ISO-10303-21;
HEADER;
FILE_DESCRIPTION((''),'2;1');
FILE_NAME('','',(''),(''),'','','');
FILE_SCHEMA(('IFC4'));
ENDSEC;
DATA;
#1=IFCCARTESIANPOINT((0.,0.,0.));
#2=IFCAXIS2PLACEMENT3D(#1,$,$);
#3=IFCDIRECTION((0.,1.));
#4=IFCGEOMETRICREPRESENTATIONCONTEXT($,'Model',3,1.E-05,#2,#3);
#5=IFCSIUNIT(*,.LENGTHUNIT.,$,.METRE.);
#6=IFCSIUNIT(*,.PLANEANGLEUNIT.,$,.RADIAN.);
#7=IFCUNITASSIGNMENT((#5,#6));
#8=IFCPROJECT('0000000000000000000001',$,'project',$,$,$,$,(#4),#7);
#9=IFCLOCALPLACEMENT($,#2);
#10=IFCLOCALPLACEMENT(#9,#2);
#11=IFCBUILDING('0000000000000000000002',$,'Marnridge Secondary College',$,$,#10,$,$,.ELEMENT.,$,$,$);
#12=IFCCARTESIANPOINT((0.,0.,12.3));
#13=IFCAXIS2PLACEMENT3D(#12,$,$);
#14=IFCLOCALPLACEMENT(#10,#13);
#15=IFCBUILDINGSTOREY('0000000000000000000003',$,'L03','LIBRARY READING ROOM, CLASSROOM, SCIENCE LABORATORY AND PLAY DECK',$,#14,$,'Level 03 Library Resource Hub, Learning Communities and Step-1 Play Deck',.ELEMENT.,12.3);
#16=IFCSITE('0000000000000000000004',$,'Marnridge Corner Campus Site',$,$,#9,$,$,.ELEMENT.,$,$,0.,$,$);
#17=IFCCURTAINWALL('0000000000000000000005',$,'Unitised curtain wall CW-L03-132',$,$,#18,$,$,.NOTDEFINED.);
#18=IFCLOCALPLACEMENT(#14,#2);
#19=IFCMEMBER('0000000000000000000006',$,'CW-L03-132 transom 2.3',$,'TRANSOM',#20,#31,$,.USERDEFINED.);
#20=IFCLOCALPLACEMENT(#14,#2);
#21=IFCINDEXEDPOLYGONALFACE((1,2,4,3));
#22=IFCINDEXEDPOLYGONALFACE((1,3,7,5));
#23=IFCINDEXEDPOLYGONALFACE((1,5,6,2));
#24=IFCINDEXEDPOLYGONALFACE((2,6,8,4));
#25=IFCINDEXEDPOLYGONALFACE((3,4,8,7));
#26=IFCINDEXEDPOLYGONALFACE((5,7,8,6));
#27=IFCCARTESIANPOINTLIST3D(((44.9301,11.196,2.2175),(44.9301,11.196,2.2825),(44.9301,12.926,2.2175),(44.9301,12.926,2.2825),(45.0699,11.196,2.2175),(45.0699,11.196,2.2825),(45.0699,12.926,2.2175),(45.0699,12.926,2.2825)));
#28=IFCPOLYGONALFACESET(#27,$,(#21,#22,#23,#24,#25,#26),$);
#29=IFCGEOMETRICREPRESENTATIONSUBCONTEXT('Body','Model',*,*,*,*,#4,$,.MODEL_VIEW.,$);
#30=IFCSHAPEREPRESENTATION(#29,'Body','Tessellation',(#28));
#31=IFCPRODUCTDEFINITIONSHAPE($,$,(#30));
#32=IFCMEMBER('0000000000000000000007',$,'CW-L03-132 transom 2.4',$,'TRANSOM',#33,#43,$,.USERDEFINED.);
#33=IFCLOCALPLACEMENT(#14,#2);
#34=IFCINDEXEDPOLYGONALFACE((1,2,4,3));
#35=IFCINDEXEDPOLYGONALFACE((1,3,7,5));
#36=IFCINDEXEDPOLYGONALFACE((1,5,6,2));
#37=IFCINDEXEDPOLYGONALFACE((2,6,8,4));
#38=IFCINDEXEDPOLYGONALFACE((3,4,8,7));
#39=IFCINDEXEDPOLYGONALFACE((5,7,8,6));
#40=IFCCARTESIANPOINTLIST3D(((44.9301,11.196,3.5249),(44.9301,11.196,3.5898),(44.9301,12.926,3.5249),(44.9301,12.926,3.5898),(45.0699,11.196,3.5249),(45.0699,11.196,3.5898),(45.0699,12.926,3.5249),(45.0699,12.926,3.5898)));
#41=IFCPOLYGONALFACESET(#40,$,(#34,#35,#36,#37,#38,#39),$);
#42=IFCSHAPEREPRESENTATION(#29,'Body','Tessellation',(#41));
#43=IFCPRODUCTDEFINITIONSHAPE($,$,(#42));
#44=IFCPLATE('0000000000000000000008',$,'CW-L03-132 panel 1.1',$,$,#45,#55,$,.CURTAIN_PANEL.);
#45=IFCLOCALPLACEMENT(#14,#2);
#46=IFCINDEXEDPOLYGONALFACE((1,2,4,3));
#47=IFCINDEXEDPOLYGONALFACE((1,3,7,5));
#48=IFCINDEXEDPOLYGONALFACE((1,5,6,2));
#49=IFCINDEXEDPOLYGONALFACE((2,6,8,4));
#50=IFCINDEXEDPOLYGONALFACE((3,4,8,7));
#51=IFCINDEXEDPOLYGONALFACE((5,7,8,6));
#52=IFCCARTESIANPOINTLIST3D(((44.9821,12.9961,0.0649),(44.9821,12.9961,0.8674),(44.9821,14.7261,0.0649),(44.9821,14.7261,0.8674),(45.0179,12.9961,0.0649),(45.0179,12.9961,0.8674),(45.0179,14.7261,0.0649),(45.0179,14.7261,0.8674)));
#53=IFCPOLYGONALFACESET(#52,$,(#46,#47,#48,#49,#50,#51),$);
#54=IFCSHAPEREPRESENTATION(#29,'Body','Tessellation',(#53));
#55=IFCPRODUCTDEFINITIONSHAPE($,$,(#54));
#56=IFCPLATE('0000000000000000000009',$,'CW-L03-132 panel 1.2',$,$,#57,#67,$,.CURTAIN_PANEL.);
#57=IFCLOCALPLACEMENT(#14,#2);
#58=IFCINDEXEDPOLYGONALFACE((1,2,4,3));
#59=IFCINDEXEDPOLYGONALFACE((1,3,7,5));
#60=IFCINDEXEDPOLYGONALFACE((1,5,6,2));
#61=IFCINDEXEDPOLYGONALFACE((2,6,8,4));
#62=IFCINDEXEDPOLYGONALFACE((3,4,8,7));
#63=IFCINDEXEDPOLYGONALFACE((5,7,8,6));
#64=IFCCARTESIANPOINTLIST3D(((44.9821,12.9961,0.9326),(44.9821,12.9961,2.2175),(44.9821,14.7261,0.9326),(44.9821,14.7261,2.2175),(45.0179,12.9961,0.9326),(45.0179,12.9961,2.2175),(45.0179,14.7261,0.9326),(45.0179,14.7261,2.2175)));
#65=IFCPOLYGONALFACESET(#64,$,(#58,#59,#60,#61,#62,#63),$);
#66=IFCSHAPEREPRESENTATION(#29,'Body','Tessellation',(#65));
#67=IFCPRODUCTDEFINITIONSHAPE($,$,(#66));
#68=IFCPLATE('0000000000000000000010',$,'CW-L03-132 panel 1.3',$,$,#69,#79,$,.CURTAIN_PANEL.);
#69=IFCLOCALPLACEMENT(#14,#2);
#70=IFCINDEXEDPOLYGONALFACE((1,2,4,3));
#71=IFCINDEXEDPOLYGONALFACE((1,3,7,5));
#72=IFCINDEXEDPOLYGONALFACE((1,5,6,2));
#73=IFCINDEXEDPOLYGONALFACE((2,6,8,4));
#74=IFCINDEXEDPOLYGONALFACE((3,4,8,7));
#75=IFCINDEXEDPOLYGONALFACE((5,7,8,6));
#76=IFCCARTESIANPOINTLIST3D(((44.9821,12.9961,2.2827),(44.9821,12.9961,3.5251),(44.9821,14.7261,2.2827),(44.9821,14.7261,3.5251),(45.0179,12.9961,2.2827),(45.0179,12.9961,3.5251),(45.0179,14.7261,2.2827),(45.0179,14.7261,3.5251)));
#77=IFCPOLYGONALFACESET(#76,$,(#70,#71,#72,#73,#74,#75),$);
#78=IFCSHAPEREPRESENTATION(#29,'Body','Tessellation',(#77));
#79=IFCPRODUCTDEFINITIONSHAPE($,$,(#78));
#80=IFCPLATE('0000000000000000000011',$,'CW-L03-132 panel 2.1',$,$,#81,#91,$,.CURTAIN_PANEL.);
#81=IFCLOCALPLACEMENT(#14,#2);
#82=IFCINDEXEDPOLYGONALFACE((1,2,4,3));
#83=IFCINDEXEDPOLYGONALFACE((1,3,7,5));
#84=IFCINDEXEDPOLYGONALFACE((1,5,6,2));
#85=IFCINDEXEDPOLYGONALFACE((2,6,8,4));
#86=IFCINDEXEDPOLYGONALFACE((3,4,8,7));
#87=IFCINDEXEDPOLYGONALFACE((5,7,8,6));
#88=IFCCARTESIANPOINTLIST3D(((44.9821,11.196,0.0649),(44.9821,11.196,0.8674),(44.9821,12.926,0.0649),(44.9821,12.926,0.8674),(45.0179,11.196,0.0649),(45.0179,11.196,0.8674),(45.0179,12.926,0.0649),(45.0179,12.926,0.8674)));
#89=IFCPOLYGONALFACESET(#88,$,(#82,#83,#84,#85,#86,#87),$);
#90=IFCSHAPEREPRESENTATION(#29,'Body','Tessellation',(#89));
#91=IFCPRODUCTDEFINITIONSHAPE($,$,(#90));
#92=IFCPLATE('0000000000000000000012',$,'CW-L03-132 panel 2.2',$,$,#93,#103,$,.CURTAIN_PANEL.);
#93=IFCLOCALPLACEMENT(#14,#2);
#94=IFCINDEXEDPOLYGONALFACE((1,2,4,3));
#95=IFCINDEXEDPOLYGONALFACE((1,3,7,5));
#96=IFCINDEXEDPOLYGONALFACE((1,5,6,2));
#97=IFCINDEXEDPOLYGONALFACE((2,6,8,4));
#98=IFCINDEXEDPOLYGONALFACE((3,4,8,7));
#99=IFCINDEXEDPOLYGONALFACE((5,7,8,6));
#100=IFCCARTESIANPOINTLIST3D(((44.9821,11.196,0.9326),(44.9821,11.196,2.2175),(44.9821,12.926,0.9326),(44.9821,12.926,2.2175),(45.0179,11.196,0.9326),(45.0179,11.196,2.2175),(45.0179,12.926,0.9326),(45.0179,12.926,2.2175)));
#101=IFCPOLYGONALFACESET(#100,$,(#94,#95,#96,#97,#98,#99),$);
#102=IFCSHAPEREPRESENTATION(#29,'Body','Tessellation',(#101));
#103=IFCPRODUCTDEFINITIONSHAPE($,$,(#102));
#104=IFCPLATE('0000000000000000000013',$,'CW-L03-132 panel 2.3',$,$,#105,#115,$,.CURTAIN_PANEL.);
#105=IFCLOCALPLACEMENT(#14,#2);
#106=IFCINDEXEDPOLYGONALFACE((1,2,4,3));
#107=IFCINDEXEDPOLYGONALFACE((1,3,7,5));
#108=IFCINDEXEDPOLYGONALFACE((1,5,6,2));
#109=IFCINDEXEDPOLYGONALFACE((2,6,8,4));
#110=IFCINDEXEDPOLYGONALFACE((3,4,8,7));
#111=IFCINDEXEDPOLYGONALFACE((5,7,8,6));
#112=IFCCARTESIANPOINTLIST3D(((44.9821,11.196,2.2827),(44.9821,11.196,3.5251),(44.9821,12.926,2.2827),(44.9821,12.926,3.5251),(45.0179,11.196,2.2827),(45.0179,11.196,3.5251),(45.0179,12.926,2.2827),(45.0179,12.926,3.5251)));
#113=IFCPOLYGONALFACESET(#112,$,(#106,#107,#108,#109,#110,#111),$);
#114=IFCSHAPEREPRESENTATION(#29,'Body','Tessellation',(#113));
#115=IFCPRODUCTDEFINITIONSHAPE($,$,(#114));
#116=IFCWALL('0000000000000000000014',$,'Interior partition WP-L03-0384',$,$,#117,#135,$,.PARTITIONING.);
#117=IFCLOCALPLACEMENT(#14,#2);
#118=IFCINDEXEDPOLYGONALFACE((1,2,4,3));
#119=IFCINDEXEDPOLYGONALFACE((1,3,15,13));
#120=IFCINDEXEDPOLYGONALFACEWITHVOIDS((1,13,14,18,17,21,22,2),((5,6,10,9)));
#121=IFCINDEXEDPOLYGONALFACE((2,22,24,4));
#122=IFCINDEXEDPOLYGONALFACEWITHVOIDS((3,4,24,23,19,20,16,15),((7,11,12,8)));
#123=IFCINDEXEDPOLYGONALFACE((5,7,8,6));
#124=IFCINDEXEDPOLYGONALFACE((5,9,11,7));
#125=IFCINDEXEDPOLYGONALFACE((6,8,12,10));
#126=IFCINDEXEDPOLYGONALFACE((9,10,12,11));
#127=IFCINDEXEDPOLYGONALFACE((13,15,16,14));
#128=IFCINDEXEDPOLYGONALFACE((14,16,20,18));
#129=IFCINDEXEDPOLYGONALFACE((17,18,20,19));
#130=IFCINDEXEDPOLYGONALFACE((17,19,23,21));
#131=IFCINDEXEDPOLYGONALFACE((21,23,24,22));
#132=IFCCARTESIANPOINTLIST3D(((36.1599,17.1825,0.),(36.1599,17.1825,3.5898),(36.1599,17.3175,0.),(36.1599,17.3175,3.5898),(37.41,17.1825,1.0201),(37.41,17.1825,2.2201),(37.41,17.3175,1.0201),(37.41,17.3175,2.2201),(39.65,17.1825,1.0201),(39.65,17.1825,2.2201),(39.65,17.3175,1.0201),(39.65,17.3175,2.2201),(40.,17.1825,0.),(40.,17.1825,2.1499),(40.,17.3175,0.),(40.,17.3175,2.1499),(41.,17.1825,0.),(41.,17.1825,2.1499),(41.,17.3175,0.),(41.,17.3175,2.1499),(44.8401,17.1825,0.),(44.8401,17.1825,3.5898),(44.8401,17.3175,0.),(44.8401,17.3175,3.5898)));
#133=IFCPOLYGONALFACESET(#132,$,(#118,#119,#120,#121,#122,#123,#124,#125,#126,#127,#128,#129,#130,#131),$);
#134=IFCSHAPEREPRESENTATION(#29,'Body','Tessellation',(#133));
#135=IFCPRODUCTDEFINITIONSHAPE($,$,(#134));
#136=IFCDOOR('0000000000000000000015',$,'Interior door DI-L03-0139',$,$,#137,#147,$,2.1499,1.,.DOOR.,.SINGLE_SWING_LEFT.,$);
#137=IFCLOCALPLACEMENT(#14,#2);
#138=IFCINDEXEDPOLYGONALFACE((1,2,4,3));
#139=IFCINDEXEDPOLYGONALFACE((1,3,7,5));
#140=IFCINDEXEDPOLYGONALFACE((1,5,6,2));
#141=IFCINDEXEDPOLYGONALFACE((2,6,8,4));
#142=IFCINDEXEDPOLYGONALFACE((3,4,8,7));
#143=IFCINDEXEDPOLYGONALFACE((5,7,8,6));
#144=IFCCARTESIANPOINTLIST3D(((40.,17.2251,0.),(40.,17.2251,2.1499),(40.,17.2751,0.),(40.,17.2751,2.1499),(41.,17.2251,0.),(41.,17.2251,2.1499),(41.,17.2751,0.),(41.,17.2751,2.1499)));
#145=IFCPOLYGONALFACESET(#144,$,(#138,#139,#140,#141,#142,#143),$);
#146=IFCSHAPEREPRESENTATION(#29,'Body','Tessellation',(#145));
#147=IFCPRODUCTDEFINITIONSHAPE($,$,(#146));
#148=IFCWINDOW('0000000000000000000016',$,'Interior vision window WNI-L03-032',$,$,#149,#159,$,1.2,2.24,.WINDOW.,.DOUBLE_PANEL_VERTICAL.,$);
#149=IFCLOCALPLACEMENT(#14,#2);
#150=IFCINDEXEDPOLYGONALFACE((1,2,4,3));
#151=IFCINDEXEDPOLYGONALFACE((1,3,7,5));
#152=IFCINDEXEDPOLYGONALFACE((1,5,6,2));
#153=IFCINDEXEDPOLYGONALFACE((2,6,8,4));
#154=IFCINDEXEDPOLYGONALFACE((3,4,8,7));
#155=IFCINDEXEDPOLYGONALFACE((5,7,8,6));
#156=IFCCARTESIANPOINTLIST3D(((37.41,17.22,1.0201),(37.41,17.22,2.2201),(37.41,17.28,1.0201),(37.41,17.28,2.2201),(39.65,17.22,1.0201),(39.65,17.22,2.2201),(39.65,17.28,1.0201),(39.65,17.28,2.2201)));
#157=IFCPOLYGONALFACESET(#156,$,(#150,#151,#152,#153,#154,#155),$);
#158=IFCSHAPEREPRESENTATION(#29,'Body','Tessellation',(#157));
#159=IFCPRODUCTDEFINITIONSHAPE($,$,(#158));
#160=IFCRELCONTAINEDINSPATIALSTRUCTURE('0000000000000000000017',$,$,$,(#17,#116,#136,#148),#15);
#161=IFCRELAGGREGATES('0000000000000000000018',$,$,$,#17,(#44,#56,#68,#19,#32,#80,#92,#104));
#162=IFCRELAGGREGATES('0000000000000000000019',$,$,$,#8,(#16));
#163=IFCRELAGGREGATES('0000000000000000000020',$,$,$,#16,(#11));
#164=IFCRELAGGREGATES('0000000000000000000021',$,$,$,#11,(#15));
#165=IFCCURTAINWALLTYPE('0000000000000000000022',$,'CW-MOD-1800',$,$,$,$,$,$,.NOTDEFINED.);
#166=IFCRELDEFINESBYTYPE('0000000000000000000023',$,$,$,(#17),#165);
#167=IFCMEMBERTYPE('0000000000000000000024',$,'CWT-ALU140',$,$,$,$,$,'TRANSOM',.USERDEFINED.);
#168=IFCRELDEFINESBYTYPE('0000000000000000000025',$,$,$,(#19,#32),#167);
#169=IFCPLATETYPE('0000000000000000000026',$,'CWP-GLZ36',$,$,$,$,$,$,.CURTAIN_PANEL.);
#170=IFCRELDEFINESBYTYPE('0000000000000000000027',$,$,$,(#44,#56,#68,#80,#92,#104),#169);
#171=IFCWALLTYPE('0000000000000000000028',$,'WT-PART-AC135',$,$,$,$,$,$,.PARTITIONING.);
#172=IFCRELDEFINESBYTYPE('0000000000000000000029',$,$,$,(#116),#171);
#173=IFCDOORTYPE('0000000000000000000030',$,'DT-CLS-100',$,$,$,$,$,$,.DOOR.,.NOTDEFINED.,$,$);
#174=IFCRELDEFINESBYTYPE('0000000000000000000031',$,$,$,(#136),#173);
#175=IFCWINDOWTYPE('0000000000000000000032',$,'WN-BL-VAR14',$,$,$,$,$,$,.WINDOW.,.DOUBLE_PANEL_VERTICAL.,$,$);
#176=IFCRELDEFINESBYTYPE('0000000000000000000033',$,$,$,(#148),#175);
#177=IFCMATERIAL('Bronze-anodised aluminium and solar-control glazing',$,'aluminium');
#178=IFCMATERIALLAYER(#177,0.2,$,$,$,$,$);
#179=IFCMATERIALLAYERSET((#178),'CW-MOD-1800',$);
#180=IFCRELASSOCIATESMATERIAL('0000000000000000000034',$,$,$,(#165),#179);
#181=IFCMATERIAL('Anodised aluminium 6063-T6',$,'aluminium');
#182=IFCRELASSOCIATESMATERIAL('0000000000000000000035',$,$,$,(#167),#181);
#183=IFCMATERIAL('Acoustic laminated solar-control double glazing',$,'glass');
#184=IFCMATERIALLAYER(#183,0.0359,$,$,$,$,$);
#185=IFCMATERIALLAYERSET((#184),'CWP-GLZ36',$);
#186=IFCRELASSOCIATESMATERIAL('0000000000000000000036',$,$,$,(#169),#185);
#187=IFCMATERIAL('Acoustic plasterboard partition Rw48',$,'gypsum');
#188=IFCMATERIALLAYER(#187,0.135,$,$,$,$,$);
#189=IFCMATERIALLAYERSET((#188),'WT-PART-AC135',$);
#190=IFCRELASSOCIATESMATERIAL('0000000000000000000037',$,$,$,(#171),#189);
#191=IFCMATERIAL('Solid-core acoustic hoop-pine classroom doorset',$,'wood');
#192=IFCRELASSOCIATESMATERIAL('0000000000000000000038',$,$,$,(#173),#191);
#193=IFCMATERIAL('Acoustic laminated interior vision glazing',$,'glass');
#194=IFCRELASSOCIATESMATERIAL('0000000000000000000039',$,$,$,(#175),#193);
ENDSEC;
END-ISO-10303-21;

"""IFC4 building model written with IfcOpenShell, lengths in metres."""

from ifc_helpers import new_model, si_unit, direction, frame, frame_2d, origin, origin_2d, place, context, subcontext, project, spatial, rectangle, extrude, material, layer, layer_set, material_profile, profile_set, type_object, element, fill, aggregate, save


model = new_model("IFC4")

# Units and contexts
model_context = context("Model", 3, precision=1e-05, world=origin(), true_north=direction((0.0, 1.0)))
body_context = subcontext(model_context, "Body", "Model", "MODEL_VIEW")
ifc_project = project(units=[si_unit("LENGTHUNIT", "METRE"), si_unit("PLANEANGLEUNIT", "RADIAN")], contexts=[model_context])

# Site, building, storey
site_placement = place(None, origin())
site = spatial("IfcSite", under=ifc_project, at=site_placement, Name="Marnridge Corner Campus Site", CompositionType="ELEMENT", RefElevation=0.0)
building_placement = place(site_placement, origin())
building = spatial("IfcBuilding", under=site, at=building_placement, Name="Marnridge Secondary College", CompositionType="ELEMENT")
storey_placement = place(building_placement, frame((0.0, 0.0, 12.3)))
storey = spatial("IfcBuildingStorey", under=building, at=storey_placement, Name="L03", Description="LIBRARY READING ROOM, CLASSROOM, SCIENCE LABORATORY AND PLAY DECK", LongName="Level 03 Library Resource Hub, Learning Communities and Step-1 Play Deck", CompositionType="ELEMENT", Elevation=12.3)

# Shared definitions
ifc_material_1 = material(Name="Bronze-anodised aluminium and solar-control glazing", Category="aluminium")
ifc_layer_1 = layer(ifc_material_1, 0.2)
ifc_layer_set_1 = layer_set([ifc_layer_1], Name="CW-MOD-1800")
curtain_wall_type = type_object("IfcCurtainWallType", Name="CW-MOD-1800", PredefinedType="NOTDEFINED", material=ifc_layer_set_1)

# Curtain wall, members, plates
curtain_wall_1_placement = place(storey_placement, origin())
curtain_wall_1 = element("IfcCurtainWall", 1, at=curtain_wall_1_placement, inside=storey, type_object=curtain_wall_type, Name="Unitised curtain wall CW-L03-132", PredefinedType="NOTDEFINED")
ifc_material_2 = material(Name="Anodised aluminium 6063-T6", Category="aluminium")
ifc_material_profile_1 = material_profile(ifc_material_2, rectangle(XDim=0.0649, YDim=0.1399, at=origin_2d()), Name="ALU 65x140")
ifc_profile_set_1 = profile_set([ifc_material_profile_1], Name="Anodised aluminium 6063-T6")
member_type_1 = type_object("IfcMemberType", Name="CWT-ALU140", ElementType="TRANSOM", PredefinedType="USERDEFINED", material=ifc_profile_set_1)
member_1_placement = place(storey_placement, frame((45.0, 12.926, 2.25), z_axis=(0.0, -1.0, 0.0), x_axis=(0.0, 0.0, 1.0)))
member_1 = element("IfcMember", 2, at=member_1_placement, type_object=member_type_1, Name="CW-L03-132 transom 2.3", ObjectType="TRANSOM", PredefinedType="USERDEFINED", context=body_context, shape_type="SweptSolid", body=[
    extrude(rectangle(XDim=0.0649, YDim=0.1399, at=origin_2d()), origin(), (0.0, 0.0, 1.0), 1.73),
])
member_2_placement = place(storey_placement, frame((45.0, 12.926, 3.5574), z_axis=(0.0, -1.0, 0.0), x_axis=(0.0, 0.0, 1.0)))
member_2 = element("IfcMember", 3, at=member_2_placement, type_object=member_type_1, Name="CW-L03-132 transom 2.4", ObjectType="TRANSOM", PredefinedType="USERDEFINED", context=body_context, shape_type="SweptSolid", body=[
    extrude(rectangle(XDim=0.0649, YDim=0.1399, at=origin_2d()), origin(), (0.0, 0.0, 1.0), 1.73),
])
ifc_material_3 = material(Name="Acoustic laminated solar-control double glazing", Category="glass")
ifc_layer_2 = layer(ifc_material_3, 0.0359)
ifc_layer_set_2 = layer_set([ifc_layer_2], Name="CWP-GLZ36")
plate_type = type_object("IfcPlateType", Name="CWP-GLZ36", PredefinedType="CURTAIN_PANEL", material=ifc_layer_set_2)
plate_1_placement = place(storey_placement, frame((45.0, 13.8611, 0.0649), z_axis=(0.0, 0.0, 1.0), x_axis=(0.0, -1.0, 0.0)))
plate_1 = element("IfcPlate", 4, at=plate_1_placement, type_object=plate_type, Name="CW-L03-132 panel 1.1", PredefinedType="CURTAIN_PANEL", context=body_context, shape_type="SweptSolid", body=[
    extrude(rectangle(XDim=1.73, YDim=0.0359, at=origin_2d()), origin(), (0.0, 0.0, 1.0), 0.8025),
])
plate_2_placement = place(storey_placement, frame((45.0, 13.8611, 0.9326), z_axis=(0.0, 0.0, 1.0), x_axis=(0.0, -1.0, 0.0)))
plate_2 = element("IfcPlate", 5, at=plate_2_placement, type_object=plate_type, Name="CW-L03-132 panel 1.2", PredefinedType="CURTAIN_PANEL", context=body_context, shape_type="SweptSolid", body=[
    extrude(rectangle(XDim=1.73, YDim=0.0359, at=origin_2d()), origin(), (0.0, 0.0, 1.0), 1.2849),
])
plate_3_placement = place(storey_placement, frame((45.0, 13.8611, 2.2827), z_axis=(0.0, 0.0, 1.0), x_axis=(0.0, -1.0, 0.0)))
plate_3 = element("IfcPlate", 6, at=plate_3_placement, type_object=plate_type, Name="CW-L03-132 panel 1.3", PredefinedType="CURTAIN_PANEL", context=body_context, shape_type="SweptSolid", body=[
    extrude(rectangle(XDim=1.73, YDim=0.0359, at=origin_2d()), origin(), (0.0, 0.0, 1.0), 1.2424),
])
plate_4_placement = place(storey_placement, frame((45.0, 12.061, 0.0649), z_axis=(0.0, 0.0, 1.0), x_axis=(0.0, -1.0, 0.0)))
plate_4 = element("IfcPlate", 7, at=plate_4_placement, type_object=plate_type, Name="CW-L03-132 panel 2.1", PredefinedType="CURTAIN_PANEL", context=body_context, shape_type="SweptSolid", body=[
    extrude(rectangle(XDim=1.73, YDim=0.0359, at=origin_2d()), origin(), (0.0, 0.0, 1.0), 0.8025),
])
plate_5_placement = place(storey_placement, frame((45.0, 12.061, 0.9326), z_axis=(0.0, 0.0, 1.0), x_axis=(0.0, -1.0, 0.0)))
plate_5 = element("IfcPlate", 8, at=plate_5_placement, type_object=plate_type, Name="CW-L03-132 panel 2.2", PredefinedType="CURTAIN_PANEL", context=body_context, shape_type="SweptSolid", body=[
    extrude(rectangle(XDim=1.73, YDim=0.0359, at=origin_2d()), origin(), (0.0, 0.0, 1.0), 1.2849),
])
plate_6_placement = place(storey_placement, frame((45.0, 12.061, 2.2827), z_axis=(0.0, 0.0, 1.0), x_axis=(0.0, -1.0, 0.0)))
plate_6 = element("IfcPlate", 9, at=plate_6_placement, type_object=plate_type, Name="CW-L03-132 panel 2.3", PredefinedType="CURTAIN_PANEL", context=body_context, shape_type="SweptSolid", body=[
    extrude(rectangle(XDim=1.73, YDim=0.0359, at=origin_2d()), origin(), (0.0, 0.0, 1.0), 1.2424),
])
aggregate(curtain_wall_1, [plate_1, plate_2, plate_3, member_1, member_2, plate_4, plate_5, plate_6])

# Wall, openings, door, window
ifc_material_4 = material(Name="Acoustic plasterboard partition Rw48", Category="gypsum")
ifc_layer_3 = layer(ifc_material_4, 0.135)
ifc_layer_set_3 = layer_set([ifc_layer_3], Name="WT-PART-AC135")
wall_type_1 = type_object("IfcWallType", Name="WT-PART-AC135", PredefinedType="PARTITIONING", material=ifc_layer_set_3)
wall_1_placement = place(storey_placement, frame((44.8401, 17.25, 0.0), z_axis=(0.0, 0.0, 1.0), x_axis=(-1.0, 0.0, 0.0)))
wall_1 = element("IfcWall", 10, at=wall_1_placement, inside=storey, type_object=wall_type_1, Name="Interior partition WP-L03-0384", PredefinedType="PARTITIONING", context=body_context, shape_type="SweptSolid", body=[
    extrude(rectangle(XDim=8.6802, YDim=0.135, at=frame_2d((4.3401, 0.0))), origin(), (0.0, 0.0, 1.0), 3.5898),
])
opening_1_placement = place(wall_1_placement, frame((3.8401, 0.0, 0.0)))
opening_1 = element("IfcOpeningElement", 11, at=opening_1_placement, cuts=wall_1, PredefinedType="OPENING", context=body_context, shape_type="SweptSolid", body=[
    extrude(rectangle(XDim=1.0, YDim=2.1499, at=frame_2d((0.5, 1.075))), frame((0.0, 0.0774, 0.0), z_axis=(0.0, -1.0, 0.0), x_axis=(1.0, 0.0, 0.0)), (0.0, 0.0, 1.0), 0.155),
])
opening_2_placement = place(wall_1_placement, frame((5.1899, 0.0, 1.02)))
opening_2 = element("IfcOpeningElement", 12, at=opening_2_placement, cuts=wall_1, PredefinedType="OPENING", context=body_context, shape_type="SweptSolid", body=[
    extrude(rectangle(XDim=2.24, YDim=1.2, at=frame_2d((1.1201, 0.6001))), frame((0.0, 0.0774, 0.0), z_axis=(0.0, -1.0, 0.0), x_axis=(1.0, 0.0, 0.0)), (0.0, 0.0, 1.0), 0.155),
])
ifc_material_5 = material(Name="Solid-core acoustic hoop-pine classroom doorset", Category="wood")
door_type = type_object("IfcDoorType", Name="DT-CLS-100", OperationType="NOTDEFINED", PredefinedType="DOOR", material=ifc_material_5)
door_1_placement = place(opening_1_placement, origin())
door_1 = element("IfcDoor", 13, at=door_1_placement, inside=storey, type_object=door_type, Name="Interior door DI-L03-0139", OperationType="SINGLE_SWING_LEFT", OverallHeight=2.1499, OverallWidth=1.0, PredefinedType="DOOR", context=body_context, shape_type="SweptSolid", body=[
    extrude(rectangle(XDim=1.0, YDim=2.1499, at=frame_2d((0.5, 1.075))), frame((0.0, 0.0249, 0.0), z_axis=(0.0, -1.0, 0.0), x_axis=(1.0, 0.0, 0.0)), (0.0, 0.0, 1.0), 0.05),
])
fill(opening_1, door_1)
ifc_material_6 = material(Name="Acoustic laminated interior vision glazing", Category="glass")
window_type_1 = type_object("IfcWindowType", Name="WN-BL-VAR14", PartitioningType="DOUBLE_PANEL_VERTICAL", PredefinedType="WINDOW", material=ifc_material_6)
window_1_placement = place(opening_2_placement, origin())
window_1 = element("IfcWindow", 14, at=window_1_placement, inside=storey, type_object=window_type_1, Name="Interior vision window WNI-L03-032", OverallHeight=1.2, OverallWidth=2.24, PartitioningType="DOUBLE_PANEL_VERTICAL", PredefinedType="WINDOW", context=body_context, shape_type="SweptSolid", body=[
    extrude(rectangle(XDim=2.24, YDim=1.2, at=frame_2d((1.1201, 0.6001))), frame((0.0, 0.03, 0.0), z_axis=(0.0, -1.0, 0.0), x_axis=(1.0, 0.0, 0.0)), (0.0, 0.0, 1.0), 0.0601),
])
fill(opening_2, window_1)

save(model, "model.ifc")
